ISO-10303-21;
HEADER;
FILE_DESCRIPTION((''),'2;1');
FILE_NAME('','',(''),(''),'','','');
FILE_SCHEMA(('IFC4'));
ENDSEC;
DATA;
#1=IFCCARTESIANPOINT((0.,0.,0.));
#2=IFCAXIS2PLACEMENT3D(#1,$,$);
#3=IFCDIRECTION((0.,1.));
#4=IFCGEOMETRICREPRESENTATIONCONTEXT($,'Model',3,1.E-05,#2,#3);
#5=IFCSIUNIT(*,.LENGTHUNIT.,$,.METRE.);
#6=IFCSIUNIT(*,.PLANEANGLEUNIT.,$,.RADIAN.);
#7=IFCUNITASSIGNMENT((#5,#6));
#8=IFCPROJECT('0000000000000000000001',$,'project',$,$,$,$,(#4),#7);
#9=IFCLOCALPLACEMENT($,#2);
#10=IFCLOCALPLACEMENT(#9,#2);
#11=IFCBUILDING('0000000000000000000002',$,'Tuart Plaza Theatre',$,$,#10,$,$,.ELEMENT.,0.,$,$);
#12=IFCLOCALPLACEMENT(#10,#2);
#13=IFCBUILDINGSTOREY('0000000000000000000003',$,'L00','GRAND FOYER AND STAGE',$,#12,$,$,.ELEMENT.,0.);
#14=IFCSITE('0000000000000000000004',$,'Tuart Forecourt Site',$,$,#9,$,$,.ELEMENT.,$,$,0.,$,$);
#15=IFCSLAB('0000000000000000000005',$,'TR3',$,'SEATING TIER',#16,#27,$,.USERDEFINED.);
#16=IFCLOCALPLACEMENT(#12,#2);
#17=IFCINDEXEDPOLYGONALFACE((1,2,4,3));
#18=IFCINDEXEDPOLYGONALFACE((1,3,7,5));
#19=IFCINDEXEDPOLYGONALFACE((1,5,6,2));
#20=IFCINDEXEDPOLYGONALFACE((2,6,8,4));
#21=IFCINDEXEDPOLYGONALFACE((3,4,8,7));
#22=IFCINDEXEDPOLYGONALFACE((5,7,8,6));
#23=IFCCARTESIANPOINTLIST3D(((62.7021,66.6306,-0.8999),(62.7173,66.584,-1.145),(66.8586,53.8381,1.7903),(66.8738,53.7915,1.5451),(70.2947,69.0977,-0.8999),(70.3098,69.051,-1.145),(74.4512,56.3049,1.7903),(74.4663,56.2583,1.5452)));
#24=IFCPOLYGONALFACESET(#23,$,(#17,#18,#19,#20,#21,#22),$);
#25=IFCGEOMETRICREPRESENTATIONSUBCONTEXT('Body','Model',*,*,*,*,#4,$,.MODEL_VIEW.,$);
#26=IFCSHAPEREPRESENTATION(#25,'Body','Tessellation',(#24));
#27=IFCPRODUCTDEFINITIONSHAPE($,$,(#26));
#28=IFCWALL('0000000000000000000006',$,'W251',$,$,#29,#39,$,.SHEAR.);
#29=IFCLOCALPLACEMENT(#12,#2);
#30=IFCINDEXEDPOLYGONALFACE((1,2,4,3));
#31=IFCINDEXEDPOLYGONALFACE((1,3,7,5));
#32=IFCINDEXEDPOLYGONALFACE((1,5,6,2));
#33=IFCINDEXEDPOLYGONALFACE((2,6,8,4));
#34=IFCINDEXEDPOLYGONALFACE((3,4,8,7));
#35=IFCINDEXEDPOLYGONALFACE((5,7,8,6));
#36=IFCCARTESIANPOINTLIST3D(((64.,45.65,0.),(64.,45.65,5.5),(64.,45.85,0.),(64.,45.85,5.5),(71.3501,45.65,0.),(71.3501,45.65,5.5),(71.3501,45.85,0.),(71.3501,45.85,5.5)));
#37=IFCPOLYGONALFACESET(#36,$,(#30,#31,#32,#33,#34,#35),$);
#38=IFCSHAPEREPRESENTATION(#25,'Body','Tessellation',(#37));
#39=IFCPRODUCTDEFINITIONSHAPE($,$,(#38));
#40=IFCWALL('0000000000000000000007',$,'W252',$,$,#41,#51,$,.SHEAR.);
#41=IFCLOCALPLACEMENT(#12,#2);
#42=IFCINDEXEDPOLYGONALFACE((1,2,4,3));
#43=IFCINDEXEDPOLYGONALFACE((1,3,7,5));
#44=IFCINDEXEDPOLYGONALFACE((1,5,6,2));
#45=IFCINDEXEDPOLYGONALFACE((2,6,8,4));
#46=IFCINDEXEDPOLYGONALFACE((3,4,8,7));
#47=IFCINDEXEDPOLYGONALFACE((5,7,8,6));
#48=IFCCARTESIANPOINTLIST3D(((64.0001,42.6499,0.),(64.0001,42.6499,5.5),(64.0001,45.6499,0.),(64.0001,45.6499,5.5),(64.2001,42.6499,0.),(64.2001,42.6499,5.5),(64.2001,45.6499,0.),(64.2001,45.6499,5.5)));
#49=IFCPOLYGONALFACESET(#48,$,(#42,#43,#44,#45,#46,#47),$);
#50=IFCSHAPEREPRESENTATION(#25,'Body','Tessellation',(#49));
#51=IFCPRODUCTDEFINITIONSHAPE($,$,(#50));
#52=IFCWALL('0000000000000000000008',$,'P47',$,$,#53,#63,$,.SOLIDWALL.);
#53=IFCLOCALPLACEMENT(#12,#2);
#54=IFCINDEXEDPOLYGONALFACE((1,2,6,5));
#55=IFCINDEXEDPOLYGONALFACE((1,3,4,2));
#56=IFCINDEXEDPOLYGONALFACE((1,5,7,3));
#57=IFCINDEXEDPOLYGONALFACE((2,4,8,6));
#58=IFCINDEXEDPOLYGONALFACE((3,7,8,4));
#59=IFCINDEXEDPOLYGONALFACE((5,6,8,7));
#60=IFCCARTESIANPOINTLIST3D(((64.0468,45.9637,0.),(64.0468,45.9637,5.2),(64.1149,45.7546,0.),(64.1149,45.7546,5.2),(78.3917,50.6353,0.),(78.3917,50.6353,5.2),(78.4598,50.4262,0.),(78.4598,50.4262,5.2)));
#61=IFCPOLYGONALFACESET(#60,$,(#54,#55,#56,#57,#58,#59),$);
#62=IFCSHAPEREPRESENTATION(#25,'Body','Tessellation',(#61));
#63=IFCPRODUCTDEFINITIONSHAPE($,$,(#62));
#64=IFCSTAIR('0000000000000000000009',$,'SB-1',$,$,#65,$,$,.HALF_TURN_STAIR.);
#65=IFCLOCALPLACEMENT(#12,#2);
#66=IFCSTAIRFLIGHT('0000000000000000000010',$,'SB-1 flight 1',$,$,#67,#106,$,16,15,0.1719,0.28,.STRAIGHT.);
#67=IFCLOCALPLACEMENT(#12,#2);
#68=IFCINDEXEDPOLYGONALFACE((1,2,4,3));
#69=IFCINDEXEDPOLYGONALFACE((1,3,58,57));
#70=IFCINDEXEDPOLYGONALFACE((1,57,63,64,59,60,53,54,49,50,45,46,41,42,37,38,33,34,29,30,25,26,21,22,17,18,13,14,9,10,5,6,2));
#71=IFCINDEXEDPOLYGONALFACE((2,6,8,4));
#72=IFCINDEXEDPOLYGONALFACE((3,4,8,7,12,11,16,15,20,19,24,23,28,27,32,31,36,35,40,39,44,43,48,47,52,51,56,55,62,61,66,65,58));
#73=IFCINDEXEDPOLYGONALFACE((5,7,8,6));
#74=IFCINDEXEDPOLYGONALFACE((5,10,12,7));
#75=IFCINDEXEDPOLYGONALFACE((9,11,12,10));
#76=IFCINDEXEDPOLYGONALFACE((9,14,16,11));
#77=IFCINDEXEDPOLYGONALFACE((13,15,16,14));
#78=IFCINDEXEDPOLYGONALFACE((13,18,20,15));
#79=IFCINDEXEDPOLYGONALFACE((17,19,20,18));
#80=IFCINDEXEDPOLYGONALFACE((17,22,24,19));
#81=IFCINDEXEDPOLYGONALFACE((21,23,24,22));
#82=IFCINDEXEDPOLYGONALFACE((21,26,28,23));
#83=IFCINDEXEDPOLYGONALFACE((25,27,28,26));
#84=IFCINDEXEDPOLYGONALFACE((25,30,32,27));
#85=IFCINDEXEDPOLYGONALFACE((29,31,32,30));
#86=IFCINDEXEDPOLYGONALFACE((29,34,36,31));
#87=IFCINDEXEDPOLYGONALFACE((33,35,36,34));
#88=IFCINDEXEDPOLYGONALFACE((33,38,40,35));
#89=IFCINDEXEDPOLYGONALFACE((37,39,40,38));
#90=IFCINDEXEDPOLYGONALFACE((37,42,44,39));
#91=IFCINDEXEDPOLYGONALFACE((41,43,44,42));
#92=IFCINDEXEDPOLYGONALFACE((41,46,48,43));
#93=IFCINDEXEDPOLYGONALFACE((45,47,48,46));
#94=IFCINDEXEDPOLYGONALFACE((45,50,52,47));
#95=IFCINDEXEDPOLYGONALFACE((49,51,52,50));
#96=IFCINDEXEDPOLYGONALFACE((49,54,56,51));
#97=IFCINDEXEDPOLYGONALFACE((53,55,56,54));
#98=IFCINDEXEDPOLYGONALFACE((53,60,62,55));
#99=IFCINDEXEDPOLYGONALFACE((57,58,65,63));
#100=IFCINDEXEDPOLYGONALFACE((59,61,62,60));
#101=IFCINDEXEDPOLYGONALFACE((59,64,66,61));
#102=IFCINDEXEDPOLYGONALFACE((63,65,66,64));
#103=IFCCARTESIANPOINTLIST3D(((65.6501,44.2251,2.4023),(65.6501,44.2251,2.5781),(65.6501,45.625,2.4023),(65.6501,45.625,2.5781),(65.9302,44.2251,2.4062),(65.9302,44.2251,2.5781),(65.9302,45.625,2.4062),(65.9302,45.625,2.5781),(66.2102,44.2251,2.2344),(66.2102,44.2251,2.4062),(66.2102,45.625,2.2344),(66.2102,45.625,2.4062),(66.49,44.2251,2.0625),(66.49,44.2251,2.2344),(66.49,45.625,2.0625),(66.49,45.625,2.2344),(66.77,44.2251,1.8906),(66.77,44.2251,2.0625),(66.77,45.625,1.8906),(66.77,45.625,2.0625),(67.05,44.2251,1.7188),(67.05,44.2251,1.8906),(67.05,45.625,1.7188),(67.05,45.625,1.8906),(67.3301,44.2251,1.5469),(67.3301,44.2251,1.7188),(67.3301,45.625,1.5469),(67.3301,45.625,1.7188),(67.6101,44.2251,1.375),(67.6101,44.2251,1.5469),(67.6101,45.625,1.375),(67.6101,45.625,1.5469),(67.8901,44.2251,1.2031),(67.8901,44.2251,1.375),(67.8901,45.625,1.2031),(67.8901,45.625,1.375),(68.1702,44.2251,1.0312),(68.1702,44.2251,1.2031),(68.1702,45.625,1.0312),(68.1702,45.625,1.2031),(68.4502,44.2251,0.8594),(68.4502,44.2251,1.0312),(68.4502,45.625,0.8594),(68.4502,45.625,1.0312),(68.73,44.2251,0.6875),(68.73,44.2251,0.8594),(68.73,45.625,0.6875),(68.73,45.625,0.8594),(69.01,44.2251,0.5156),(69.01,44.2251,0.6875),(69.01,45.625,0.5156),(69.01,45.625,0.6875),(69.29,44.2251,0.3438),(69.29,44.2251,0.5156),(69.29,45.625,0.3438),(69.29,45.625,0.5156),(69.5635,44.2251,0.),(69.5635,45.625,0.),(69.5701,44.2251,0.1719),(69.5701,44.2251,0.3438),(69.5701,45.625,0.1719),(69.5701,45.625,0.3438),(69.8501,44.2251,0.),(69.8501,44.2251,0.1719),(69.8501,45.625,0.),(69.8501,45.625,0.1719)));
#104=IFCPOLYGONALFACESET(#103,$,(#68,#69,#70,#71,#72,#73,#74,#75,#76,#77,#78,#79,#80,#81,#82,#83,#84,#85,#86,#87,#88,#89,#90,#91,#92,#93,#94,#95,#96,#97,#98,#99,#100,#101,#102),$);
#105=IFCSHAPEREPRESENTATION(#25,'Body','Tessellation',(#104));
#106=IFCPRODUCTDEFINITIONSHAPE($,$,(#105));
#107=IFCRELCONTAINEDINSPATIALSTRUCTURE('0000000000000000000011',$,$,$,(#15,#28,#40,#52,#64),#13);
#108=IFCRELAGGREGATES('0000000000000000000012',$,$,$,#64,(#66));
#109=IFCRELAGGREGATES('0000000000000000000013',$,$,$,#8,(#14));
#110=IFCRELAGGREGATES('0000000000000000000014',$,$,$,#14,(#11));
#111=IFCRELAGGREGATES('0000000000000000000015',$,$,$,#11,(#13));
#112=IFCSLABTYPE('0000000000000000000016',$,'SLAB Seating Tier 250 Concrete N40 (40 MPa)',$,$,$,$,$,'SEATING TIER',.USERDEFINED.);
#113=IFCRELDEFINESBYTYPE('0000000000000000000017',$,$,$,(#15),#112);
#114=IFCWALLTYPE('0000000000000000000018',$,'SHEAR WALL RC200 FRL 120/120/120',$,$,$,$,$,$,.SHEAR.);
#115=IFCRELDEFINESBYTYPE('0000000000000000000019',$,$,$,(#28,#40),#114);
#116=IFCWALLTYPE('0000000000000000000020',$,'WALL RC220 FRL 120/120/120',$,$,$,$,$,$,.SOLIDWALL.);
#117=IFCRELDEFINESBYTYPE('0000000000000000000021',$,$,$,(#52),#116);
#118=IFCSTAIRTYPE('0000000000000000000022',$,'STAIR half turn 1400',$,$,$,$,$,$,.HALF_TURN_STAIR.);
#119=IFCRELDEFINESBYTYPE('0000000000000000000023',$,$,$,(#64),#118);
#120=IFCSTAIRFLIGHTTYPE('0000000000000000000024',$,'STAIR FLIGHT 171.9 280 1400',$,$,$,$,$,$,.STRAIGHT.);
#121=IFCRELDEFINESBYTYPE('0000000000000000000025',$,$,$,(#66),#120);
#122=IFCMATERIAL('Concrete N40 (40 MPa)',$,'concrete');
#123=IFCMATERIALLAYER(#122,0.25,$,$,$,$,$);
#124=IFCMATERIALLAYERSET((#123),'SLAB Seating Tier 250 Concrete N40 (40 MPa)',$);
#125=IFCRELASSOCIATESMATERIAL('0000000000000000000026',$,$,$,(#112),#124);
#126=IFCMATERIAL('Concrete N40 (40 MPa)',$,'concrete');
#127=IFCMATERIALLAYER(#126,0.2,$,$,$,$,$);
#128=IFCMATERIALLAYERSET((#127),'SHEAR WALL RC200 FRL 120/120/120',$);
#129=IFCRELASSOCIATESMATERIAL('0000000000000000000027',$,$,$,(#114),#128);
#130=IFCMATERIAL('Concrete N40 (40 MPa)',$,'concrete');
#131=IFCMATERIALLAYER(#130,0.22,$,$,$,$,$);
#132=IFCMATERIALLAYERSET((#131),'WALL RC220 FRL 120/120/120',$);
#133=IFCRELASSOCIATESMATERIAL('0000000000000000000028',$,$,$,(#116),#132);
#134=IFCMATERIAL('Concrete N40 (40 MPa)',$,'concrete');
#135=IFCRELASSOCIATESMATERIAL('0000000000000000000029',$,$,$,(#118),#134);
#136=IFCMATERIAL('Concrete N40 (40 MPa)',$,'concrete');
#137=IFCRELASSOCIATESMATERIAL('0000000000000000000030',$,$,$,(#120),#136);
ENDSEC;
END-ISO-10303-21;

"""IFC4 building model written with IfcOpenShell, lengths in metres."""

from ifc_helpers import new_model, si_unit, direction, frame, frame_2d, origin, place, context, subcontext, project, spatial, polyline, rectangle, outline, extrude, material, layer, layer_set, type_object, element, aggregate, save


model = new_model("IFC4")

# Units and contexts
model_context = context("Model", 3, precision=1e-05, world=origin(), true_north=direction((0.0, 1.0)))
body_context = subcontext(model_context, "Body", "Model", "MODEL_VIEW")
ifc_project = project(units=[si_unit("LENGTHUNIT", "METRE"), si_unit("PLANEANGLEUNIT", "RADIAN")], contexts=[model_context])

# Site, building, storey
site_placement = place(None, origin())
site = spatial("IfcSite", under=ifc_project, at=site_placement, Name="Tuart Forecourt Site", CompositionType="ELEMENT", RefElevation=0.0)
building_placement = place(site_placement, origin())
building = spatial("IfcBuilding", under=site, at=building_placement, Name="Tuart Plaza Theatre", CompositionType="ELEMENT", ElevationOfRefHeight=0.0)
storey_placement = place(building_placement, origin())
storey = spatial("IfcBuildingStorey", under=building, at=storey_placement, Name="L00", Description="GRAND FOYER AND STAGE", CompositionType="ELEMENT", Elevation=0.0)

# Slab
ifc_material_1 = material(Name="Concrete N40 (40 MPa)", Category="concrete")
ifc_layer_1 = layer(ifc_material_1, 0.25)
ifc_layer_set_1 = layer_set([ifc_layer_1], Name="SLAB Seating Tier 250 Concrete N40 (40 MPa)")
slab_type_1 = type_object("IfcSlabType", Name="SLAB Seating Tier 250 Concrete N40 (40 MPa)", ElementType="SEATING TIER", PredefinedType="USERDEFINED", material=ifc_layer_set_1)
slab_1_placement = place(storey_placement, frame((66.8586, 53.8381, 1.7903), z_axis=(-0.060602, 0.186518, 0.980581), x_axis=(0.951062, 0.308999, 0.000003)))
element("IfcSlab", 1, at=slab_1_placement, inside=storey, type_object=slab_type_1, Name="TR3", ObjectType="SEATING TIER", PredefinedType="USERDEFINED", context=body_context, shape_type="SweptSolid", body=[
    extrude(outline(polyline([(0.0, 0.0), (7.9832, 0.0), (7.983, 13.7174), (-0.0002, 13.7172), (0.0, 0.0)])), origin(), (0.0, 0.0, -1.0), 0.25),
])

# Walls
ifc_material_2 = material(Name="Concrete N40 (40 MPa)", Category="concrete")
ifc_layer_2 = layer(ifc_material_2, 0.2)
ifc_layer_set_2 = layer_set([ifc_layer_2], Name="SHEAR WALL RC200 FRL 120/120/120")
wall_type_1 = type_object("IfcWallType", Name="SHEAR WALL RC200 FRL 120/120/120", PredefinedType="SHEAR", material=ifc_layer_set_2)
wall_1_placement = place(storey_placement, frame((71.3501, 45.75, 0.0), z_axis=(0.0, 0.0, 1.0), x_axis=(-1.0, 0.0, 0.0)))
element("IfcWall", 2, at=wall_1_placement, inside=storey, type_object=wall_type_1, Name="W251", PredefinedType="SHEAR", context=body_context, shape_type="SweptSolid", body=[
    extrude(rectangle(XDim=7.3501, YDim=0.2, at=frame_2d((3.675, 0.0))), origin(), (0.0, 0.0, 1.0), 5.5),
])
wall_2_placement = place(storey_placement, frame((64.1001, 45.6499, 0.0), z_axis=(0.0, 0.0, 1.0), x_axis=(0.0, -1.0, 0.0)))
element("IfcWall", 3, at=wall_2_placement, inside=storey, type_object=wall_type_1, Name="W252", PredefinedType="SHEAR", context=body_context, shape_type="SweptSolid", body=[
    extrude(rectangle(XDim=3.0, YDim=0.2, at=frame_2d((1.5, 0.0))), origin(), (0.0, 0.0, 1.0), 5.5),
])
ifc_material_3 = material(Name="Concrete N40 (40 MPa)", Category="concrete")
ifc_layer_3 = layer(ifc_material_3, 0.22)
ifc_layer_set_3 = layer_set([ifc_layer_3], Name="WALL RC220 FRL 120/120/120")
wall_type_2 = type_object("IfcWallType", Name="WALL RC220 FRL 120/120/120", PredefinedType="SOLIDWALL", material=ifc_layer_set_3)
wall_3_placement = place(storey_placement, frame((64.0808, 45.8591, 0.0), z_axis=(0.0, 0.0, 1.0), x_axis=(0.950848, 0.309656, 0.0)))
element("IfcWall", 4, at=wall_3_placement, inside=storey, type_object=wall_type_2, Name="P47", PredefinedType="SOLIDWALL", context=body_context, shape_type="SweptSolid", body=[
    extrude(rectangle(XDim=15.0864, YDim=0.22, at=frame_2d((7.5432, 0.0))), origin(), (0.0, 0.0, 1.0), 5.2),
])

# Stair, stair flight
ifc_material_4 = material(Name="Concrete N40 (40 MPa)", Category="concrete")
stair_type = type_object("IfcStairType", Name="STAIR half turn 1400", PredefinedType="HALF_TURN_STAIR", material=ifc_material_4)
stair_placement = place(storey_placement, origin())
stair = element("IfcStair", 5, at=stair_placement, inside=storey, type_object=stair_type, Name="SB-1", PredefinedType="HALF_TURN_STAIR")
ifc_material_5 = material(Name="Concrete N40 (40 MPa)", Category="concrete")
stair_flight_type = type_object("IfcStairFlightType", Name="STAIR FLIGHT 171.9 280 1400", PredefinedType="STRAIGHT", material=ifc_material_5)
stair_flight_placement = place(storey_placement, frame((69.8501, 44.925, 0.0), z_axis=(0.0, 0.0, 1.0), x_axis=(-1.0, 0.0, 0.0)))
stair_flight = element("IfcStairFlight", 6, at=stair_flight_placement, type_object=stair_flight_type, Name="SB-1 flight 1", NumberOfRisers=16, NumberOfTreads=15, PredefinedType="STRAIGHT", RiserHeight=0.1719, TreadLength=0.28, context=body_context, shape_type="SweptSolid", body=[
    extrude(outline(polyline([(0.0, 0.0), (0.0, 0.1719), (0.28, 0.1719), (0.28, 0.3438), (0.5601, 0.3438), (0.5601, 0.5156), (0.8401, 0.5156), (0.8401, 0.6875), (1.1201, 0.6875), (1.1201, 0.8594), (1.3999, 0.8594), (1.3999, 1.0312), (1.6799, 1.0312), (1.6799, 1.2031), (1.96, 1.2031), (1.96, 1.375), (2.24, 1.375), (2.24, 1.5469), (2.52, 1.5469), (2.52, 1.7188), (2.8, 1.7188), (2.8, 1.8906), (3.0801, 1.8906), (3.0801, 2.0625), (3.3601, 2.0625), (3.3601, 2.2344), (3.6399, 2.2344), (3.6399, 2.4062), (3.9199, 2.4062), (3.9199, 2.5781), (4.2, 2.5781), (4.2, 2.75), (4.2, 2.4023), (0.2866, 0.0), (0.0, 0.0)])), frame((0.0, 0.7, 0.0), z_axis=(0.0, -1.0, 0.0), x_axis=(1.0, 0.0, 0.0)), (0.0, 0.0, 1.0), 1.3999),
])
aggregate(stair, [stair_flight])

save(model, "model.ifc")
